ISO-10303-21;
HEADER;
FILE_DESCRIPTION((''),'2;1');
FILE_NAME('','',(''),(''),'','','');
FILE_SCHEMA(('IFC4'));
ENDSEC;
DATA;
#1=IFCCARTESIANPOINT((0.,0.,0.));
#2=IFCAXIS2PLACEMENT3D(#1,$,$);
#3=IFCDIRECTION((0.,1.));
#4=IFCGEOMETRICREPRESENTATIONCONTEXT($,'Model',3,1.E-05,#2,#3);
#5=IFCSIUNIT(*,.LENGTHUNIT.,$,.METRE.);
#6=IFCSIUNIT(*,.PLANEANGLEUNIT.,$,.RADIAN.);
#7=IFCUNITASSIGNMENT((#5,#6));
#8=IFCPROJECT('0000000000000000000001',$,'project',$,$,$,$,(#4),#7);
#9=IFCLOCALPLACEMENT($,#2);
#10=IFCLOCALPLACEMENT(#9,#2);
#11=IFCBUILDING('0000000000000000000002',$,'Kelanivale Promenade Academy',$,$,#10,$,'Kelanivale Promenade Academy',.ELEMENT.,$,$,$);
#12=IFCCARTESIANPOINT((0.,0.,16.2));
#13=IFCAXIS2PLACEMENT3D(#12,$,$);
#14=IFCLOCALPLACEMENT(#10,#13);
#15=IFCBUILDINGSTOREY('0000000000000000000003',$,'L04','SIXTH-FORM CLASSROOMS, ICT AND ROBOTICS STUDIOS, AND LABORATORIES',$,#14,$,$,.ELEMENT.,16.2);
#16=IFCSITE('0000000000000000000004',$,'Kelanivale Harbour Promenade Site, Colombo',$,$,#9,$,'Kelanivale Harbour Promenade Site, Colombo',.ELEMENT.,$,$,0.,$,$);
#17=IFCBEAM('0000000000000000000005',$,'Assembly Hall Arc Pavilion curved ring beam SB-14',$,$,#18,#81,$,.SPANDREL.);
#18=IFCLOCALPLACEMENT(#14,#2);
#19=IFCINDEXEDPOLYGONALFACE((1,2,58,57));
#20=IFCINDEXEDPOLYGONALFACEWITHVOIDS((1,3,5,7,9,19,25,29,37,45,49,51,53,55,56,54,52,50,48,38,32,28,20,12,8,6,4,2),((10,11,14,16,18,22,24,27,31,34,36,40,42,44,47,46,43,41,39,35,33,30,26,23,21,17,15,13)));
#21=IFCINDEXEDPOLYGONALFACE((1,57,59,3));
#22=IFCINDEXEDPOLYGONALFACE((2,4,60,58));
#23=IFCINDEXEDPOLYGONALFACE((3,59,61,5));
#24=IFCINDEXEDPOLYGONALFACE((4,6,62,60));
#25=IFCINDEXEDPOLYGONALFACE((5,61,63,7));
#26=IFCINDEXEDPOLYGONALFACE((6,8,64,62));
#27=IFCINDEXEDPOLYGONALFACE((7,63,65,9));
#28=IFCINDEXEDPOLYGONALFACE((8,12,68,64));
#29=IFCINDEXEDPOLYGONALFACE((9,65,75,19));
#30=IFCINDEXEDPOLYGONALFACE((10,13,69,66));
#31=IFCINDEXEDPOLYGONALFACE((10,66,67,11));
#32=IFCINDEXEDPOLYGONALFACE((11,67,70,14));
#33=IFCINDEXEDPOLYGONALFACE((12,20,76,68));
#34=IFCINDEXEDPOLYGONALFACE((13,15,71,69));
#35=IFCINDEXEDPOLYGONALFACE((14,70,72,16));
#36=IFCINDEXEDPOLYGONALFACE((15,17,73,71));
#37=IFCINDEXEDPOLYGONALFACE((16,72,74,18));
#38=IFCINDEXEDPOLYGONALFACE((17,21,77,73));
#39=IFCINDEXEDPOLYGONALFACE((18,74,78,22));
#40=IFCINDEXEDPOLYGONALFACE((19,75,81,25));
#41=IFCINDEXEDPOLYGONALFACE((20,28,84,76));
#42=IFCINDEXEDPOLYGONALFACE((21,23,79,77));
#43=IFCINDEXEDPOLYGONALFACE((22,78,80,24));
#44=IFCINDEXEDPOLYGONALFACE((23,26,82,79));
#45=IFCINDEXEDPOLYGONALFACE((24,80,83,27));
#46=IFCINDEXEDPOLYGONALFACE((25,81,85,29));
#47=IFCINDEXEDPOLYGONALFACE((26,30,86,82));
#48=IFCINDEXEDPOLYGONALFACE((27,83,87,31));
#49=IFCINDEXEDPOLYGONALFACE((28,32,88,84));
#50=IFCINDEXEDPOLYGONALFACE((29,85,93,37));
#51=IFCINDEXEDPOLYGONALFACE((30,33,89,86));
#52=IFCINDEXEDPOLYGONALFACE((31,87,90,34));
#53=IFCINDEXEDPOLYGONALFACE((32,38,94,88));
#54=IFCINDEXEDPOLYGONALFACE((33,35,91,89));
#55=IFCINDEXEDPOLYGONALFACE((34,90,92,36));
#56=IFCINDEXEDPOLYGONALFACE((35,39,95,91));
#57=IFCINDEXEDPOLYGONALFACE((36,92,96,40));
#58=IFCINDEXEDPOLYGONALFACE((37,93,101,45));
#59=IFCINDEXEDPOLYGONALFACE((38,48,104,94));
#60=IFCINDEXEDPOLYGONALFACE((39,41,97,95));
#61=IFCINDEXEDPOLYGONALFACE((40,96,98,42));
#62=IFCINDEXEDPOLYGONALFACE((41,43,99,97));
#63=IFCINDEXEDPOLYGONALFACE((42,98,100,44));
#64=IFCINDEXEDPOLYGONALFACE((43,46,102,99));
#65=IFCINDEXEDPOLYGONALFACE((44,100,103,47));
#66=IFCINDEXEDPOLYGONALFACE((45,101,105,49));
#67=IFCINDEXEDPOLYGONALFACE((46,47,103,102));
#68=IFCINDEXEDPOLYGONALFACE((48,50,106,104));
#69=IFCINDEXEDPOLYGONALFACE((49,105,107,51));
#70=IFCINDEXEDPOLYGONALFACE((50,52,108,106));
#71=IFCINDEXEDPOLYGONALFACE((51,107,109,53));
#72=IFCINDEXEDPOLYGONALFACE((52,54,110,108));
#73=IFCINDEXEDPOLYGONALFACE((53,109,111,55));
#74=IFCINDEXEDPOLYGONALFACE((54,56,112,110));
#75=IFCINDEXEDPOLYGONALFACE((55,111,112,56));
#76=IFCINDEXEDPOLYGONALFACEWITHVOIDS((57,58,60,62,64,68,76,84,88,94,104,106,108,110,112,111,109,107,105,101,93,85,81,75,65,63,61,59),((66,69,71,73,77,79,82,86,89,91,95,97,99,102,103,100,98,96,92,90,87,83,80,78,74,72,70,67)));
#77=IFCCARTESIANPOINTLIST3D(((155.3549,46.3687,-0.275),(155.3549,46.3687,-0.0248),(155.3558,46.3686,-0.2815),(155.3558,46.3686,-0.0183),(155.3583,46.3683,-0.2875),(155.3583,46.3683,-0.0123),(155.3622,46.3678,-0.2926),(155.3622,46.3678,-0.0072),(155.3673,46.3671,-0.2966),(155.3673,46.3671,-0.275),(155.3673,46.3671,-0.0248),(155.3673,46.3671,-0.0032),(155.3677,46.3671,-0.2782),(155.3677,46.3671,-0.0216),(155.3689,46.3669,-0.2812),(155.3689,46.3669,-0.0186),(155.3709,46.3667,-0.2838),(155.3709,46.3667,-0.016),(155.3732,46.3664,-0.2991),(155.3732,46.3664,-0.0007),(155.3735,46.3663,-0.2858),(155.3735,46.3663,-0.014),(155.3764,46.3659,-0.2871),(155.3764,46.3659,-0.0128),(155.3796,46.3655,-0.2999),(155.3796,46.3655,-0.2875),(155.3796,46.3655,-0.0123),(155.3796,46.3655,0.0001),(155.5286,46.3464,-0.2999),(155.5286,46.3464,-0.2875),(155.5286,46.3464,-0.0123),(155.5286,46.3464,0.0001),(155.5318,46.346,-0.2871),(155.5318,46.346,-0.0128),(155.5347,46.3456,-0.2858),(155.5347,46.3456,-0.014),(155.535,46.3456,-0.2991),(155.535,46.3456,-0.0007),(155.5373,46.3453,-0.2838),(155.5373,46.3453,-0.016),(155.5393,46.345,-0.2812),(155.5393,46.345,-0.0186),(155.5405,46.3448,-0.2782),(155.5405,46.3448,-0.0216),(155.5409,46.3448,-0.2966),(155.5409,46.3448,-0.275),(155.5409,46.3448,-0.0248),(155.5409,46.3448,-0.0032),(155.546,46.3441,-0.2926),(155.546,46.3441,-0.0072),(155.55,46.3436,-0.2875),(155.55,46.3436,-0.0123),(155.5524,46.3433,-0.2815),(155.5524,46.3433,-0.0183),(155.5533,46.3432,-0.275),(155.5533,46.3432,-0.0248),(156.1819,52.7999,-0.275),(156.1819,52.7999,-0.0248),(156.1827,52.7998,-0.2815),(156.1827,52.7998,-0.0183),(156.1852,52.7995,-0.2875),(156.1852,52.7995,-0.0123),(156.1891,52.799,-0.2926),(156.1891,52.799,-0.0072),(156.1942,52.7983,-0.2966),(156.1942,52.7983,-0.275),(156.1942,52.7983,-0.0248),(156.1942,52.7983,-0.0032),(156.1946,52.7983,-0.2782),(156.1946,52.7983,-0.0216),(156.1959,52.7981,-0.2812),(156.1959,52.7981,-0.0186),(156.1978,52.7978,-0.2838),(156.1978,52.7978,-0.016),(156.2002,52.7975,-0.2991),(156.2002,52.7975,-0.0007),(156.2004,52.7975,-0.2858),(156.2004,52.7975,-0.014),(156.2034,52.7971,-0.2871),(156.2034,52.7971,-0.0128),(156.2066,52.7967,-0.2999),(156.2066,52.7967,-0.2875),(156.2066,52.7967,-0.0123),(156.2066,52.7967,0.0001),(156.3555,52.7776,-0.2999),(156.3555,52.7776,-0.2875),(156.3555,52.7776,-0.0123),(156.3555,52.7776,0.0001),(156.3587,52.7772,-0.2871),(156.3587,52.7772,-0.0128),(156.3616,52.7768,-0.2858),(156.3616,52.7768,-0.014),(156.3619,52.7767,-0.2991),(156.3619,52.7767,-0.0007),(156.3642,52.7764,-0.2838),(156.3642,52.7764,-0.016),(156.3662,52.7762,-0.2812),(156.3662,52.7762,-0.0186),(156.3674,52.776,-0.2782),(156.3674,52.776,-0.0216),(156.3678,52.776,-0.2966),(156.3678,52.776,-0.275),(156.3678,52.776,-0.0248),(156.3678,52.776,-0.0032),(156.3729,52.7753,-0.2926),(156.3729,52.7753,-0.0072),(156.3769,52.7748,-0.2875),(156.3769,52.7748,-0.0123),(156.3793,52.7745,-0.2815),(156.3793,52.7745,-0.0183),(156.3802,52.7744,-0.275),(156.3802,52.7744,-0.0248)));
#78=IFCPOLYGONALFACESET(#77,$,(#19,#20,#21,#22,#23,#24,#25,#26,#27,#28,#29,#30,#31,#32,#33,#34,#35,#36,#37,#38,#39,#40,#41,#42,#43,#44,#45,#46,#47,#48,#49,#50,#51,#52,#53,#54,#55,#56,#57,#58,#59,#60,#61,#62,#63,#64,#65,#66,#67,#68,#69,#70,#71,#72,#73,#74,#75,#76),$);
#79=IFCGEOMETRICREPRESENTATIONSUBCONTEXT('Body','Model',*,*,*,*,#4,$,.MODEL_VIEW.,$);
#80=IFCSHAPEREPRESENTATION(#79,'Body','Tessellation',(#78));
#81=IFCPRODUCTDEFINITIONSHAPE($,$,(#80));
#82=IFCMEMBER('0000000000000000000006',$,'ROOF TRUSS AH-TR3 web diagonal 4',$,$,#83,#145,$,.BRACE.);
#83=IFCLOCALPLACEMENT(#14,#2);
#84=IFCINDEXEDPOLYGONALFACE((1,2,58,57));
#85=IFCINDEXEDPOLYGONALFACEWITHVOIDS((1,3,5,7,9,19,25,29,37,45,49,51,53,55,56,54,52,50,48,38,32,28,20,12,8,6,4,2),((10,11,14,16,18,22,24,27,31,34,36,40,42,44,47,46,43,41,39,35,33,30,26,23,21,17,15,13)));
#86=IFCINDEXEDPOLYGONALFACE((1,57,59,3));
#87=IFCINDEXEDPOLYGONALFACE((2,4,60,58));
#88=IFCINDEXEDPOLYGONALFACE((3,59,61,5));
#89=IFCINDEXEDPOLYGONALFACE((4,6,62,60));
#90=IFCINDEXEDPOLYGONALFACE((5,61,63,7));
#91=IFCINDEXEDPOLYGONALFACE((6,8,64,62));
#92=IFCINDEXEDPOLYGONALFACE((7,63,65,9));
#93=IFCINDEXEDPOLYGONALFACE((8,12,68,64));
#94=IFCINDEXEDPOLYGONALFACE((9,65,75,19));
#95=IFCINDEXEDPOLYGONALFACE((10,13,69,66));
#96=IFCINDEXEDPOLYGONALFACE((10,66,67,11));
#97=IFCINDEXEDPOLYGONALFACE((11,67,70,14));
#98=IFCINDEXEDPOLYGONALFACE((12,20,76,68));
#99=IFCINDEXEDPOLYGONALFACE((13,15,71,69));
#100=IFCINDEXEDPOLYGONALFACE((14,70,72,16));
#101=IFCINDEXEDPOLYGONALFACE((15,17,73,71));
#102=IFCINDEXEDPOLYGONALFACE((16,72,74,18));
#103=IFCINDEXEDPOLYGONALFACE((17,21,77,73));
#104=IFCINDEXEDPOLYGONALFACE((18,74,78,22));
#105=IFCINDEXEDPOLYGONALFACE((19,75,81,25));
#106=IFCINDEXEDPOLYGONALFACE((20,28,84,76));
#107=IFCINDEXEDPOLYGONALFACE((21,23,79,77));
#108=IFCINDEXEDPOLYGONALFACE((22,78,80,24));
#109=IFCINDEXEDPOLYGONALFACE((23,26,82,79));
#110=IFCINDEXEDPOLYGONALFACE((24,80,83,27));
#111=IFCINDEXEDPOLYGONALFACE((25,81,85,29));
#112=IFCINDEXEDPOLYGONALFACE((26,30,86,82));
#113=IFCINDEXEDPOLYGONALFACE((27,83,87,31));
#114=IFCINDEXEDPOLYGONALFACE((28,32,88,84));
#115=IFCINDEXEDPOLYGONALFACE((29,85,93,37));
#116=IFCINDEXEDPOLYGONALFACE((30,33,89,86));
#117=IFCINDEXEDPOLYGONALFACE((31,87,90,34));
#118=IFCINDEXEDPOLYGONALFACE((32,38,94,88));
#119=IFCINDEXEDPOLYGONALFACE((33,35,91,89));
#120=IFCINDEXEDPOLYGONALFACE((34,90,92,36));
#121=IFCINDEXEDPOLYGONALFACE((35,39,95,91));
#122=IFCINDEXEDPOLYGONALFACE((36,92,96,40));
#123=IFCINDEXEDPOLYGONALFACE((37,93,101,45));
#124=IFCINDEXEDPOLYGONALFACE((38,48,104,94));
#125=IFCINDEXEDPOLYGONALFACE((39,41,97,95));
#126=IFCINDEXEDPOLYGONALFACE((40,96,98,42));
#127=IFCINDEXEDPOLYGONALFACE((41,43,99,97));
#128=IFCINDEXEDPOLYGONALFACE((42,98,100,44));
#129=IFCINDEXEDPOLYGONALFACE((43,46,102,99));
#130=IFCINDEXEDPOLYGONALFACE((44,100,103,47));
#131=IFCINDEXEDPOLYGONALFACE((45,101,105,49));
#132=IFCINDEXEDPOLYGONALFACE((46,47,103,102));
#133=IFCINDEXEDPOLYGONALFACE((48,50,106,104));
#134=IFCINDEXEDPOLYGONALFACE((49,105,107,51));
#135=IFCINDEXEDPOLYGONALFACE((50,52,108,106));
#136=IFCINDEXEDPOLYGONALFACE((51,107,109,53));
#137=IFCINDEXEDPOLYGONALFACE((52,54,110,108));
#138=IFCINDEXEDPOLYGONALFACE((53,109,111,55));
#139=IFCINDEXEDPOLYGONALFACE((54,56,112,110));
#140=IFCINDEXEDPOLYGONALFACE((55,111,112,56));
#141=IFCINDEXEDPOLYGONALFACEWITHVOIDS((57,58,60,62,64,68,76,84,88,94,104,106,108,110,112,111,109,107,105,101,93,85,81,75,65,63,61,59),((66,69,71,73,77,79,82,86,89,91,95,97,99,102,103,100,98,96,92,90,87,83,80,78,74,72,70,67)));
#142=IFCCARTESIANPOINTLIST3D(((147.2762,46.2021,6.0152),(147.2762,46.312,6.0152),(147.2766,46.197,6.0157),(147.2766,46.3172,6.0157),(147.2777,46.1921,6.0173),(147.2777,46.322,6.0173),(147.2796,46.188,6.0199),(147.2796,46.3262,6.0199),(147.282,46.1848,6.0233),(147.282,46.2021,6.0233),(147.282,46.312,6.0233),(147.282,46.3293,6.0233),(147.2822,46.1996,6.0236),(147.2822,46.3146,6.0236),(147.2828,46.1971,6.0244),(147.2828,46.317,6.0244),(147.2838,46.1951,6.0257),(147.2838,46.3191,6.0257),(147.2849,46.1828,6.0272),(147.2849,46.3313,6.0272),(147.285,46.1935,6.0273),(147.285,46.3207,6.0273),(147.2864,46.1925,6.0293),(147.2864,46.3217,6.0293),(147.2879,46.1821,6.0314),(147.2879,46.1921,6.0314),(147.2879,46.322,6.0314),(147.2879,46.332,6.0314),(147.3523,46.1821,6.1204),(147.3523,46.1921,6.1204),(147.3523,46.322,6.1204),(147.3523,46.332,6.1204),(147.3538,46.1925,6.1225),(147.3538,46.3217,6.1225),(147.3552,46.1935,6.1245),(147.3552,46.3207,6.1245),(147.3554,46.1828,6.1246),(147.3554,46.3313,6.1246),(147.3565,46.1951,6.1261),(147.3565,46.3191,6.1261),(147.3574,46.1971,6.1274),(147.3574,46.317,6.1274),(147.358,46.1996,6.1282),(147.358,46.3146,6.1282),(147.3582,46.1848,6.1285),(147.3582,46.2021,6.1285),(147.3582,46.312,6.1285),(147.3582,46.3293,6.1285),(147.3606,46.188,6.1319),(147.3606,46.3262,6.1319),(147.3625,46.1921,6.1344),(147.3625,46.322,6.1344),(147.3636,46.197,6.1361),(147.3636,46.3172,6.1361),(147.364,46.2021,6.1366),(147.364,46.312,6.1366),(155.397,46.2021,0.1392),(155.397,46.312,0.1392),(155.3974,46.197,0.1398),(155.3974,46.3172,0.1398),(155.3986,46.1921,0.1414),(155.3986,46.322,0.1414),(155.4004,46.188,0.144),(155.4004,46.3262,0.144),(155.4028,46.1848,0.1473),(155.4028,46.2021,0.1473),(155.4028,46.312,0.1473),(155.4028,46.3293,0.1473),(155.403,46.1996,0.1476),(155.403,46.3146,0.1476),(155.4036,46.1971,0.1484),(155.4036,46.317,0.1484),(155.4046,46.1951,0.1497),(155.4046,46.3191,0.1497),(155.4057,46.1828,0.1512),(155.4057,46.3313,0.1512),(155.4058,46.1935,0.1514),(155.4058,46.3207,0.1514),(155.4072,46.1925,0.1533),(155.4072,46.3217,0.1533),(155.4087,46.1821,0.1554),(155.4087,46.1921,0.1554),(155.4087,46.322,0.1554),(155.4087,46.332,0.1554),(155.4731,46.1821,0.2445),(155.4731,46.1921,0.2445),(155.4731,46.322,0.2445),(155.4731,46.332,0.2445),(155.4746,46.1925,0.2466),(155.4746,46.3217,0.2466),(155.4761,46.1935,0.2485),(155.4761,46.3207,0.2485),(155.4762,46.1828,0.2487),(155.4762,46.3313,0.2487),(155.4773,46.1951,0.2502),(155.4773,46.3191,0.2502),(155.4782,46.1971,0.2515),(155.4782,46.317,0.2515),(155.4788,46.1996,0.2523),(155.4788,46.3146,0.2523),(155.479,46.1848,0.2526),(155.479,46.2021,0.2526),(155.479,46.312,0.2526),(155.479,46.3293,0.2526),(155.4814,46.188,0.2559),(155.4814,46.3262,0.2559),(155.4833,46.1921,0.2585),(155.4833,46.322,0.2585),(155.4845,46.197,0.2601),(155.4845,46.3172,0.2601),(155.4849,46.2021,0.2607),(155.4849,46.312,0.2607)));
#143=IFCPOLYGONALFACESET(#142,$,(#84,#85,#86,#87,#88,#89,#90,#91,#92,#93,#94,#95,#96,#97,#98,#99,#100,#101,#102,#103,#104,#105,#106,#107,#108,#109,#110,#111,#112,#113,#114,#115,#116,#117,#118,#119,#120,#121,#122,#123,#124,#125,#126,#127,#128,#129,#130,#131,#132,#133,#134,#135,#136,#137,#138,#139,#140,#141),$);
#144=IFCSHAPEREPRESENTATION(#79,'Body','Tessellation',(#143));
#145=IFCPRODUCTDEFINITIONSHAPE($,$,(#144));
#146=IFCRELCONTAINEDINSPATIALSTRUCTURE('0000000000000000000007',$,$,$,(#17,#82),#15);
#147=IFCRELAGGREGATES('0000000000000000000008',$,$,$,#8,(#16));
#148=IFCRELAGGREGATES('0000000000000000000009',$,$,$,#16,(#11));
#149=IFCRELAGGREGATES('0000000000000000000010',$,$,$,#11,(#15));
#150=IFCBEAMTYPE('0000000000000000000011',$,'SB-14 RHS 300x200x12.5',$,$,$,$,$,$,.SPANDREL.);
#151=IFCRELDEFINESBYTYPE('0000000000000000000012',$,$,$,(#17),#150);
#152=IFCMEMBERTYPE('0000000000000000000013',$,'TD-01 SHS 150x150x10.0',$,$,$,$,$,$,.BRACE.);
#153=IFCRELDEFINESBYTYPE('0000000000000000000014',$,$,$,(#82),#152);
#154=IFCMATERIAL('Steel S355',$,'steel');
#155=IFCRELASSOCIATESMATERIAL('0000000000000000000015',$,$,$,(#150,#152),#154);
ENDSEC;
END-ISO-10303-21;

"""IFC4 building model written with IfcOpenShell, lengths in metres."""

from ifc_helpers import new_model, si_unit, direction, frame, origin, origin_2d, place, context, subcontext, project, spatial, hollow_rectangle, extrude, material, material_profile, profile_set, type_object, element, save


model = new_model("IFC4")

# Units and contexts
model_context = context("Model", 3, precision=1e-05, world=origin(), true_north=direction((0.0, 1.0)))
body_context = subcontext(model_context, "Body", "Model", "MODEL_VIEW")
ifc_project = project(units=[si_unit("LENGTHUNIT", "METRE"), si_unit("PLANEANGLEUNIT", "RADIAN")], contexts=[model_context])

# Site, building, storey
site_placement = place(None, origin())
site = spatial("IfcSite", under=ifc_project, at=site_placement, Name="Kelanivale Harbour Promenade Site, Colombo", LongName="Kelanivale Harbour Promenade Site, Colombo", CompositionType="ELEMENT", RefElevation=0.0)
building_placement = place(site_placement, origin())
building = spatial("IfcBuilding", under=site, at=building_placement, Name="Kelanivale Promenade Academy", LongName="Kelanivale Promenade Academy", CompositionType="ELEMENT")
storey_placement = place(building_placement, frame((0.0, 0.0, 16.2)))
storey = spatial("IfcBuildingStorey", under=building, at=storey_placement, Name="L04", Description="SIXTH-FORM CLASSROOMS, ICT AND ROBOTICS STUDIOS, AND LABORATORIES", CompositionType="ELEMENT", Elevation=16.2)

# Shared definitions
ifc_material_1 = material(Name="Steel S355", Category="steel")

# Beam
ifc_material_profile_1 = material_profile(ifc_material_1, hollow_rectangle(XDim=0.2, YDim=0.3, WallThickness=0.0125, InnerFilletRadius=0.0125, OuterFilletRadius=0.0249, at=origin_2d()), Name="RHS 300x200x12.5")
ifc_profile_set_1 = profile_set([ifc_material_profile_1], Name="Steel S355")
beam_type = type_object("IfcBeamType", Name="SB-14 RHS 300x200x12.5", PredefinedType="SPANDREL", material=ifc_profile_set_1)
beam_placement = place(storey_placement, frame((155.4541, 46.356, -0.1499), z_axis=(0.127528, 0.991835, 0.0), x_axis=(-0.991835, 0.127528, 0.0)))
element("IfcBeam", 1, at=beam_placement, inside=storey, type_object=beam_type, Name="Assembly Hall Arc Pavilion curved ring beam SB-14", PredefinedType="SPANDREL", context=body_context, shape_type="SweptSolid", body=[
    extrude(hollow_rectangle(XDim=0.2, YDim=0.3, WallThickness=0.0125, InnerFilletRadius=0.0125, OuterFilletRadius=0.0249, at=origin_2d()), origin(), (0.0, 0.0, 1.0), 6.4841),
])

# Member
ifc_material_profile_2 = material_profile(ifc_material_1, hollow_rectangle(XDim=0.1499, YDim=0.1499, WallThickness=0.01, InnerFilletRadius=0.01, OuterFilletRadius=0.02, at=origin_2d()), Name="SHS 150x150x10.0")
ifc_profile_set_2 = profile_set([ifc_material_profile_2], Name="Steel S355")
member_type_1 = type_object("IfcMemberType", Name="TD-01 SHS 150x150x10.0", PredefinedType="BRACE", material=ifc_profile_set_2)
member_1_placement = place(storey_placement, frame((155.4409, 46.2571, 0.2), z_axis=(-0.810162, 0.0, 0.586206), x_axis=(0.0, -1.0, 0.0)))
element("IfcMember", 2, at=member_1_placement, inside=storey, type_object=member_type_1, Name="ROOF TRUSS AH-TR3 web diagonal 4", PredefinedType="BRACE", context=body_context, shape_type="SweptSolid", body=[
    extrude(hollow_rectangle(XDim=0.1499, YDim=0.1499, WallThickness=0.01, InnerFilletRadius=0.01, OuterFilletRadius=0.02, at=origin_2d()), origin(), (0.0, 0.0, 1.0), 10.0237),
])

save(model, "model.ifc")
